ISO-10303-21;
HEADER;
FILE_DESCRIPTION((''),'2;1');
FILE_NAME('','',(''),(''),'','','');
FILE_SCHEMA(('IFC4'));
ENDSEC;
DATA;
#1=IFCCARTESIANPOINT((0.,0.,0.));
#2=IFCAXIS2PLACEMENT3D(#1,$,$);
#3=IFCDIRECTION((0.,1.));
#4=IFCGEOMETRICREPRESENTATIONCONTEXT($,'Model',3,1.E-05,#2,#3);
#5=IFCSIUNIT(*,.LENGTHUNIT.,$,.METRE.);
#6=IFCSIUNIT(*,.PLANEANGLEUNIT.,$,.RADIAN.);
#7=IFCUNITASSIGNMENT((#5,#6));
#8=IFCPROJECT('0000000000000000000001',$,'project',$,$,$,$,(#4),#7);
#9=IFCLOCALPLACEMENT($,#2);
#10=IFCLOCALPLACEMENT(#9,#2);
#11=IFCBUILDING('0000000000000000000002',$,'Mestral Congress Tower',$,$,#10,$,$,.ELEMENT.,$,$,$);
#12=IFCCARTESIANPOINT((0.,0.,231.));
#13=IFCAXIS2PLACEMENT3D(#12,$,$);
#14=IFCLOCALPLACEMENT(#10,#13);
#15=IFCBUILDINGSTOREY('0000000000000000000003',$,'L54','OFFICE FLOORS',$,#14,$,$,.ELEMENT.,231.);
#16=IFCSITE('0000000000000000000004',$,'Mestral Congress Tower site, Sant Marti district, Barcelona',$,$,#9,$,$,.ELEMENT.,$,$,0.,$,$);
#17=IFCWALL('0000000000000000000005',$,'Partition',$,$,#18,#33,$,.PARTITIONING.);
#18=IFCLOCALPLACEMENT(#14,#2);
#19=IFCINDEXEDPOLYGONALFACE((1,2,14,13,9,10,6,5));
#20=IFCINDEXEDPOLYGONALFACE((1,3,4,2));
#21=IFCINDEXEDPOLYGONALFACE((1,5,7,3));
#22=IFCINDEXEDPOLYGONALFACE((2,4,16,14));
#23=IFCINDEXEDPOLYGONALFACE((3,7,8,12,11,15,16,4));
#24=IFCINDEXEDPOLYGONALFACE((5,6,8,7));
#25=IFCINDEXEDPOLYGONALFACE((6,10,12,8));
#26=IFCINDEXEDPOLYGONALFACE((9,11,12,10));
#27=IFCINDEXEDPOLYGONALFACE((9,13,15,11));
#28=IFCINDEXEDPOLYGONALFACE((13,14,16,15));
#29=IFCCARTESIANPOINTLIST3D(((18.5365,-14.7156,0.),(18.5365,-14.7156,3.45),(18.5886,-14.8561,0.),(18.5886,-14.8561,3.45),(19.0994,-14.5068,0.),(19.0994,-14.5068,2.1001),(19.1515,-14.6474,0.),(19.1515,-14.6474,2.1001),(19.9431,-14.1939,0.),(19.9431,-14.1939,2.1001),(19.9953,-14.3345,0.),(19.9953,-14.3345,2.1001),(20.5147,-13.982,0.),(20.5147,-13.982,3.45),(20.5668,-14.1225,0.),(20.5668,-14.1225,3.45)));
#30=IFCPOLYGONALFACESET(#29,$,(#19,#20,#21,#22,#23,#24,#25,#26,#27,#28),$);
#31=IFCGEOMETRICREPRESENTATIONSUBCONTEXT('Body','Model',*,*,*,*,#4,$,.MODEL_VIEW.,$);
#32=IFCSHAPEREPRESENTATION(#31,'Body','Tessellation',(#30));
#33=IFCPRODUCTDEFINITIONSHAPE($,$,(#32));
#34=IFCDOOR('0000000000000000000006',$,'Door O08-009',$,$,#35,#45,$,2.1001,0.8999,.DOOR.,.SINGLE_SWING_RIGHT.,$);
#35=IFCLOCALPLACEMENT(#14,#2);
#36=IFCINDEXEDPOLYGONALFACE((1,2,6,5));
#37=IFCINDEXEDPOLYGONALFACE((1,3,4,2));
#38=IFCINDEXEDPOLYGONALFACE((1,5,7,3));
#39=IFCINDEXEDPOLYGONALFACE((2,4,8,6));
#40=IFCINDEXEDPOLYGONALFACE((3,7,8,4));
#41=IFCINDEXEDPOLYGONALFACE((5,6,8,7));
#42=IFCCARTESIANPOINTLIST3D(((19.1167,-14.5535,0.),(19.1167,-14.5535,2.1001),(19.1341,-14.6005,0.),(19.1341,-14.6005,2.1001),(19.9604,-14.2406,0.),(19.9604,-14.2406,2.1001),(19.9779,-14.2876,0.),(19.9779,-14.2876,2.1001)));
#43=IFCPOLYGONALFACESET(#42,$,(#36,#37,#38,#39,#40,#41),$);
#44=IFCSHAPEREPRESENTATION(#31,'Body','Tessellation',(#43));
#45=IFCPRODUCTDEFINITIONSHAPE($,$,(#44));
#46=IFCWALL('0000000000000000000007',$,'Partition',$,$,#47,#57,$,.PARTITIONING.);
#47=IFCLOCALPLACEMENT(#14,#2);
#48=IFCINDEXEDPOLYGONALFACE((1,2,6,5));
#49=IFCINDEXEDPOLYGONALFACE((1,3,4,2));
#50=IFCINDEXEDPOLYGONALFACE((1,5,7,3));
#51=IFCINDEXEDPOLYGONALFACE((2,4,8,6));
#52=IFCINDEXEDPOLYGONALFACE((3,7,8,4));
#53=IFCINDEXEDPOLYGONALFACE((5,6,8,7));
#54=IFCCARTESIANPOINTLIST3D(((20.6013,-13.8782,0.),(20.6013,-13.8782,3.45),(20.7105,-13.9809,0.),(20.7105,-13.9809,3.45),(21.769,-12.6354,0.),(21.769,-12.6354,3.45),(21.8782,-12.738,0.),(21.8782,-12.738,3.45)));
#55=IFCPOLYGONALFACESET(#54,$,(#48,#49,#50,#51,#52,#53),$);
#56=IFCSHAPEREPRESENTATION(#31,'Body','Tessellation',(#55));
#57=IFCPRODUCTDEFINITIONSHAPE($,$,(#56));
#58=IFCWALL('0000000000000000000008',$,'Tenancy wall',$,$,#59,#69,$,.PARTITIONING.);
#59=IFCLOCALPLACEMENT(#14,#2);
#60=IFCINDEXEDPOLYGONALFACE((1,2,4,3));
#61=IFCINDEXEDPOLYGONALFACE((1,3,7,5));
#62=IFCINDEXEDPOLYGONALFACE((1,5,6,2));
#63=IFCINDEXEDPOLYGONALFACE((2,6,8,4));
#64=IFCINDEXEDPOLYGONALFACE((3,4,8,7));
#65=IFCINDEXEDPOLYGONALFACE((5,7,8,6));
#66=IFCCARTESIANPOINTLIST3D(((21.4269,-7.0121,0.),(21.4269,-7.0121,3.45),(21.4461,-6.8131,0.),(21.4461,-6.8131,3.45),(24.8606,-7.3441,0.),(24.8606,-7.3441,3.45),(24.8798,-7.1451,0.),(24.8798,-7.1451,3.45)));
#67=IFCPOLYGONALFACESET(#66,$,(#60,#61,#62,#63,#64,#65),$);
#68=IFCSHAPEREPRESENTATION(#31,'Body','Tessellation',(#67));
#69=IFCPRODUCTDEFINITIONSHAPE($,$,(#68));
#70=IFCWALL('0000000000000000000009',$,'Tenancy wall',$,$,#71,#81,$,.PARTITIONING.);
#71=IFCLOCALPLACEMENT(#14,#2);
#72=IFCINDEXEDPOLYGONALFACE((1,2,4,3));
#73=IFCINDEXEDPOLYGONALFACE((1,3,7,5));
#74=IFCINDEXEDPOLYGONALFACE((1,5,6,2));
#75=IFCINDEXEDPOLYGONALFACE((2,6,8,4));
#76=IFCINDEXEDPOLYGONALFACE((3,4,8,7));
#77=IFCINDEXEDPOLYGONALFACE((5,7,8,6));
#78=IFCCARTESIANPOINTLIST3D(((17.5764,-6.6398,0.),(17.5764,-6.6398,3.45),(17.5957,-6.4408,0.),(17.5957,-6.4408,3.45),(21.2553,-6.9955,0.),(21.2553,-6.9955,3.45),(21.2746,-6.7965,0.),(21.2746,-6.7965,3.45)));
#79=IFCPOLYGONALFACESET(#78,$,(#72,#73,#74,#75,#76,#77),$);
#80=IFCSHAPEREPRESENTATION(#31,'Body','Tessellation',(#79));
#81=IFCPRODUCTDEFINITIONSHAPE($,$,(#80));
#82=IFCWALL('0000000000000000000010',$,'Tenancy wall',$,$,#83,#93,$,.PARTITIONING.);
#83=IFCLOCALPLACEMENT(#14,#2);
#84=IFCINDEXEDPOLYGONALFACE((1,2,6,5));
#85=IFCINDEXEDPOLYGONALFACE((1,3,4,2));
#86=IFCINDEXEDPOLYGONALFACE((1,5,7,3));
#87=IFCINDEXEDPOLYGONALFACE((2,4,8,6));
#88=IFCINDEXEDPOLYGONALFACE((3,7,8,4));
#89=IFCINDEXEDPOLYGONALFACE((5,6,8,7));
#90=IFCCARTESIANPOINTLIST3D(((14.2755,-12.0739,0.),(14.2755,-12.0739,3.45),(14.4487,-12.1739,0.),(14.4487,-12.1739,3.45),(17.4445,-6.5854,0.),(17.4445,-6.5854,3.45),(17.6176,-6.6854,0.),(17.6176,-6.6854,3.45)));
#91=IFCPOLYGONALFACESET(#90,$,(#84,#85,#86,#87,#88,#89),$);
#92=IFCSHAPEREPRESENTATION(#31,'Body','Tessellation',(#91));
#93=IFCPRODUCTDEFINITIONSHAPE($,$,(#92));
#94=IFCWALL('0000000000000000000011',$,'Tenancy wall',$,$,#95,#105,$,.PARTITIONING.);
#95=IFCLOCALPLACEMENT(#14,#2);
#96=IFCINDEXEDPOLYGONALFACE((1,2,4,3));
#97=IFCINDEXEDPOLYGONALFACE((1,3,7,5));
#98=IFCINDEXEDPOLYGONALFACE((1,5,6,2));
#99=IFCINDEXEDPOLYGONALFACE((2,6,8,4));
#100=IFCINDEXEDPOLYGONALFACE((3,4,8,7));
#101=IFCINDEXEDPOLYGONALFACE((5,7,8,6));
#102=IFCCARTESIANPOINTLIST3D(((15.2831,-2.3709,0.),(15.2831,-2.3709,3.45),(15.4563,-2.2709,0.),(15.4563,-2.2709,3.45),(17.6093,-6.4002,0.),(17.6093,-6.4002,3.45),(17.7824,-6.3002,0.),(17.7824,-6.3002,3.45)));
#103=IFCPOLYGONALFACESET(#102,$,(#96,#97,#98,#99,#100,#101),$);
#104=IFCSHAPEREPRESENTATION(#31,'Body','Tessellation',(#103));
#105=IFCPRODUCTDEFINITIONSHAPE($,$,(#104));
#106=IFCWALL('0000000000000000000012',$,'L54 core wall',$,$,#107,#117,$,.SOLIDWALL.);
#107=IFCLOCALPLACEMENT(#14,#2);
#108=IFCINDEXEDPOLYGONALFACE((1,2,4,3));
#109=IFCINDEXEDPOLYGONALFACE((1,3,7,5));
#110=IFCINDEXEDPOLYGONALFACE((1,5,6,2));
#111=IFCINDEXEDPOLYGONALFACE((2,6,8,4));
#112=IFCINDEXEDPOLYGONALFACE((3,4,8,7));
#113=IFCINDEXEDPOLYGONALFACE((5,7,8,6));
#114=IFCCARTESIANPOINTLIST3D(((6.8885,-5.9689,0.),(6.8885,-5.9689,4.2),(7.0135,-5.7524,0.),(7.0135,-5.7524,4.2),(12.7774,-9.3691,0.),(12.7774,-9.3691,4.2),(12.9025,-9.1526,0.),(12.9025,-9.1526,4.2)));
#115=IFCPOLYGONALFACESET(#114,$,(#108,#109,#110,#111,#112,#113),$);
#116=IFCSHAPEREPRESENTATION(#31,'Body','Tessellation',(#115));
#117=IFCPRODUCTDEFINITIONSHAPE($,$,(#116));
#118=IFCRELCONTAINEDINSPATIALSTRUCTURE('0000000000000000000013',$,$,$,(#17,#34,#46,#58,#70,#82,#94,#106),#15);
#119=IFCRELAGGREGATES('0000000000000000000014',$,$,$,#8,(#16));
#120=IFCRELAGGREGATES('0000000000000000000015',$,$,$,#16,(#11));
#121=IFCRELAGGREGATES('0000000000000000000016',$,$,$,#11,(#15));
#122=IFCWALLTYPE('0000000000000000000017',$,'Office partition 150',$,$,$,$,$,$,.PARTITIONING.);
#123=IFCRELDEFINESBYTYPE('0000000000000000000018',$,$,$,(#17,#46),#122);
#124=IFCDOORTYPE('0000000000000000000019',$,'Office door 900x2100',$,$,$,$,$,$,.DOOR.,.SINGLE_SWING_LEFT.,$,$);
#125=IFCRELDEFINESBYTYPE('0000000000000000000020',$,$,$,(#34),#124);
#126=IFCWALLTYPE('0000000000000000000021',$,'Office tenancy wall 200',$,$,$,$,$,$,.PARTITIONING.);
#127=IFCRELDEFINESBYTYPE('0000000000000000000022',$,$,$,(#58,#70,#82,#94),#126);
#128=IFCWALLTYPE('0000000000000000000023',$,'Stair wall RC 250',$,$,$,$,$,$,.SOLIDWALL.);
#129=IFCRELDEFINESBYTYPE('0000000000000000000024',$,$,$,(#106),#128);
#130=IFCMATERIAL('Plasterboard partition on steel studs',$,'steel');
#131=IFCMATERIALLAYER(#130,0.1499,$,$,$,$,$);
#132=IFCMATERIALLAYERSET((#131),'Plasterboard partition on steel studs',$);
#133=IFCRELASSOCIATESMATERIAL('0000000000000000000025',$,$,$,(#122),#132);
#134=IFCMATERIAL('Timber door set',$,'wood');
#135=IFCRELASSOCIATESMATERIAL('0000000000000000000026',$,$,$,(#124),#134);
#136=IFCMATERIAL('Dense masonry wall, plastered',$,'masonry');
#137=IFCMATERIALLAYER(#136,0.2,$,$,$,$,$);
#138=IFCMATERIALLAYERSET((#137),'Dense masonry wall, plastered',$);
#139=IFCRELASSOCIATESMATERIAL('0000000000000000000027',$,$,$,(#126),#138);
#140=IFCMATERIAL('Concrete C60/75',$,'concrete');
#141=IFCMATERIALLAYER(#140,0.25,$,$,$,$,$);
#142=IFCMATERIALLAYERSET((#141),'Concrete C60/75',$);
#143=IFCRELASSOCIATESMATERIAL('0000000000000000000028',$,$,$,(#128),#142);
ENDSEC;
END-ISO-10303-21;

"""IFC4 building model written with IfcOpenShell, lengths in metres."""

from ifc_helpers import new_model, si_unit, direction, frame, frame_2d, origin, place, context, subcontext, project, spatial, rectangle, extrude, material, layer, layer_set, type_object, element, fill, save


model = new_model("IFC4")

# Units and contexts
model_context = context("Model", 3, precision=1e-05, world=origin(), true_north=direction((0.0, 1.0)))
body_context = subcontext(model_context, "Body", "Model", "MODEL_VIEW")
ifc_project = project(units=[si_unit("LENGTHUNIT", "METRE"), si_unit("PLANEANGLEUNIT", "RADIAN")], contexts=[model_context])

# Site, building, storey
site_placement = place(None, origin())
site = spatial("IfcSite", under=ifc_project, at=site_placement, Name="Mestral Congress Tower site, Sant Marti district, Barcelona", CompositionType="ELEMENT", RefElevation=0.0)
building_placement = place(site_placement, origin())
building = spatial("IfcBuilding", under=site, at=building_placement, Name="Mestral Congress Tower", CompositionType="ELEMENT")
storey_placement = place(building_placement, frame((0.0, 0.0, 231.0)))
storey = spatial("IfcBuildingStorey", under=building, at=storey_placement, Name="L54", Description="OFFICE FLOORS", CompositionType="ELEMENT", Elevation=231.0)

# Shared definitions
ifc_material_1 = material(Name="Concrete C60/75", Category="concrete")

# Shared definitions
ifc_material_2 = material(Name="Plasterboard partition on steel studs", Category="steel")
ifc_layer_1 = layer(ifc_material_2, 0.1499)
ifc_layer_set_1 = layer_set([ifc_layer_1], Name="Plasterboard partition on steel studs")
wall_type_1 = type_object("IfcWallType", Name="Office partition 150", PredefinedType="PARTITIONING", material=ifc_layer_set_1)

# Shared definitions
ifc_material_3 = material(Name="Timber door set", Category="wood")
door_type = type_object("IfcDoorType", Name="Office door 900x2100", OperationType="SINGLE_SWING_LEFT", PredefinedType="DOOR", material=ifc_material_3)

# Wall, opening, door
wall_1_placement = place(storey_placement, frame((20.5408, -14.0522, 0.0), z_axis=(0.0, 0.0, 1.0), x_axis=(-0.937602, -0.34771, 0.0)))
wall_1 = element("IfcWall", 1, at=wall_1_placement, inside=storey, type_object=wall_type_1, Name="Partition", PredefinedType="PARTITIONING", context=body_context, shape_type="SweptSolid", body=[
    extrude(rectangle(XDim=2.1099, YDim=0.1499, at=frame_2d((1.0549, 0.0))), origin(), (0.0, 0.0, 1.0), 3.45),
])
opening_1_placement = place(wall_1_placement, frame((0.6096, 0.0, 0.0)))
opening_1 = element("IfcOpeningElement", 2, at=opening_1_placement, cuts=wall_1, PredefinedType="OPENING", context=body_context, shape_type="SweptSolid", body=[
    extrude(rectangle(XDim=0.8999, YDim=2.1001, at=frame_2d((0.45, 1.05))), frame((0.0, 0.085, 0.0), z_axis=(0.0, -1.0, 0.0), x_axis=(1.0, 0.0, 0.0)), (0.0, 0.0, 1.0), 0.1699),
])
door_1_placement = place(opening_1_placement, origin())
door_1 = element("IfcDoor", 3, at=door_1_placement, inside=storey, type_object=door_type, Name="Door O08-009", OperationType="SINGLE_SWING_RIGHT", OverallHeight=2.1001, OverallWidth=0.8999, PredefinedType="DOOR", context=body_context, shape_type="SweptSolid", body=[
    extrude(rectangle(XDim=0.8999, YDim=2.1001, at=frame_2d((0.45, 1.05))), frame((0.0, 0.0249, 0.0), z_axis=(0.0, -1.0, 0.0), x_axis=(1.0, 0.0, 0.0)), (0.0, 0.0, 1.0), 0.05),
])
fill(opening_1, door_1)

# Walls
wall_2_placement = place(storey_placement, frame((20.656, -13.9294, 0.0), z_axis=(0.0, 0.0, 1.0), x_axis=(0.684717, 0.728809, 0.0)))
element("IfcWall", 4, at=wall_2_placement, inside=storey, type_object=wall_type_1, Name="Partition", PredefinedType="PARTITIONING", context=body_context, shape_type="SweptSolid", body=[
    extrude(rectangle(XDim=1.7053, YDim=0.1499, at=frame_2d((0.8525, 0.0))), origin(), (0.0, 0.0, 1.0), 3.45),
])
ifc_material_4 = material(Name="Dense masonry wall, plastered", Category="masonry")
ifc_layer_2 = layer(ifc_material_4, 0.2)
ifc_layer_set_2 = layer_set([ifc_layer_2], Name="Dense masonry wall, plastered")
wall_type_2 = type_object("IfcWallType", Name="Office tenancy wall 200", PredefinedType="PARTITIONING", material=ifc_layer_set_2)
wall_3_placement = place(storey_placement, frame((21.4365, -6.9126, 0.0), z_axis=(0.0, 0.0, 1.0), x_axis=(0.995357, -0.096252, 0.0)))
element("IfcWall", 5, at=wall_3_placement, inside=storey, type_object=wall_type_2, Name="Tenancy wall", PredefinedType="PARTITIONING", context=body_context, shape_type="SweptSolid", body=[
    extrude(rectangle(XDim=3.4497, YDim=0.2, at=frame_2d((1.7249, 0.0))), origin(), (0.0, 0.0, 1.0), 3.45),
])
wall_4_placement = place(storey_placement, frame((17.5859, -6.5403, 0.0), z_axis=(0.0, 0.0, 1.0), x_axis=(0.995358, -0.09624, 0.0)))
element("IfcWall", 6, at=wall_4_placement, inside=storey, type_object=wall_type_2, Name="Tenancy wall", PredefinedType="PARTITIONING", context=body_context, shape_type="SweptSolid", body=[
    extrude(rectangle(XDim=3.696, YDim=0.2, at=frame_2d((1.8481, 0.0))), origin(), (0.0, 0.0, 1.0), 3.45),
])
wall_5_placement = place(storey_placement, frame((14.3621, -12.124, 0.0), z_axis=(0.0, 0.0, 1.0), x_axis=(0.500017, 0.866016, 0.0)))
element("IfcWall", 7, at=wall_5_placement, inside=storey, type_object=wall_type_2, Name="Tenancy wall", PredefinedType="PARTITIONING", context=body_context, shape_type="SweptSolid", body=[
    extrude(rectangle(XDim=6.3376, YDim=0.2, at=frame_2d((3.1689, 0.0))), origin(), (0.0, 0.0, 1.0), 3.45),
])
wall_6_placement = place(storey_placement, frame((17.6958, -6.3501, 0.0), z_axis=(0.0, 0.0, 1.0), x_axis=(-0.499977, 0.866039, 0.0)))
element("IfcWall", 8, at=wall_6_placement, inside=storey, type_object=wall_type_2, Name="Tenancy wall", PredefinedType="PARTITIONING", context=body_context, shape_type="SweptSolid", body=[
    extrude(rectangle(XDim=4.6526, YDim=0.2, at=frame_2d((2.3262, 0.0))), origin(), (0.0, 0.0, 1.0), 3.45),
])
ifc_layer_3 = layer(ifc_material_1, 0.25)
ifc_layer_set_3 = layer_set([ifc_layer_3], Name="Concrete C60/75")
wall_type_3 = type_object("IfcWallType", Name="Stair wall RC 250", PredefinedType="SOLIDWALL", material=ifc_layer_set_3)
wall_7_placement = place(storey_placement, frame((12.8398, -9.2607, 0.0), z_axis=(0.0, 0.0, 1.0), x_axis=(-0.866014, 0.50002, 0.0)))
element("IfcWall", 9, at=wall_7_placement, inside=storey, type_object=wall_type_3, Name="L54 core wall", PredefinedType="SOLIDWALL", context=body_context, shape_type="SweptSolid", body=[
    extrude(rectangle(XDim=6.8, YDim=0.25, at=frame_2d((3.3999, 0.0))), origin(), (0.0, 0.0, 1.0), 4.2),
])

save(model, "model.ifc")
